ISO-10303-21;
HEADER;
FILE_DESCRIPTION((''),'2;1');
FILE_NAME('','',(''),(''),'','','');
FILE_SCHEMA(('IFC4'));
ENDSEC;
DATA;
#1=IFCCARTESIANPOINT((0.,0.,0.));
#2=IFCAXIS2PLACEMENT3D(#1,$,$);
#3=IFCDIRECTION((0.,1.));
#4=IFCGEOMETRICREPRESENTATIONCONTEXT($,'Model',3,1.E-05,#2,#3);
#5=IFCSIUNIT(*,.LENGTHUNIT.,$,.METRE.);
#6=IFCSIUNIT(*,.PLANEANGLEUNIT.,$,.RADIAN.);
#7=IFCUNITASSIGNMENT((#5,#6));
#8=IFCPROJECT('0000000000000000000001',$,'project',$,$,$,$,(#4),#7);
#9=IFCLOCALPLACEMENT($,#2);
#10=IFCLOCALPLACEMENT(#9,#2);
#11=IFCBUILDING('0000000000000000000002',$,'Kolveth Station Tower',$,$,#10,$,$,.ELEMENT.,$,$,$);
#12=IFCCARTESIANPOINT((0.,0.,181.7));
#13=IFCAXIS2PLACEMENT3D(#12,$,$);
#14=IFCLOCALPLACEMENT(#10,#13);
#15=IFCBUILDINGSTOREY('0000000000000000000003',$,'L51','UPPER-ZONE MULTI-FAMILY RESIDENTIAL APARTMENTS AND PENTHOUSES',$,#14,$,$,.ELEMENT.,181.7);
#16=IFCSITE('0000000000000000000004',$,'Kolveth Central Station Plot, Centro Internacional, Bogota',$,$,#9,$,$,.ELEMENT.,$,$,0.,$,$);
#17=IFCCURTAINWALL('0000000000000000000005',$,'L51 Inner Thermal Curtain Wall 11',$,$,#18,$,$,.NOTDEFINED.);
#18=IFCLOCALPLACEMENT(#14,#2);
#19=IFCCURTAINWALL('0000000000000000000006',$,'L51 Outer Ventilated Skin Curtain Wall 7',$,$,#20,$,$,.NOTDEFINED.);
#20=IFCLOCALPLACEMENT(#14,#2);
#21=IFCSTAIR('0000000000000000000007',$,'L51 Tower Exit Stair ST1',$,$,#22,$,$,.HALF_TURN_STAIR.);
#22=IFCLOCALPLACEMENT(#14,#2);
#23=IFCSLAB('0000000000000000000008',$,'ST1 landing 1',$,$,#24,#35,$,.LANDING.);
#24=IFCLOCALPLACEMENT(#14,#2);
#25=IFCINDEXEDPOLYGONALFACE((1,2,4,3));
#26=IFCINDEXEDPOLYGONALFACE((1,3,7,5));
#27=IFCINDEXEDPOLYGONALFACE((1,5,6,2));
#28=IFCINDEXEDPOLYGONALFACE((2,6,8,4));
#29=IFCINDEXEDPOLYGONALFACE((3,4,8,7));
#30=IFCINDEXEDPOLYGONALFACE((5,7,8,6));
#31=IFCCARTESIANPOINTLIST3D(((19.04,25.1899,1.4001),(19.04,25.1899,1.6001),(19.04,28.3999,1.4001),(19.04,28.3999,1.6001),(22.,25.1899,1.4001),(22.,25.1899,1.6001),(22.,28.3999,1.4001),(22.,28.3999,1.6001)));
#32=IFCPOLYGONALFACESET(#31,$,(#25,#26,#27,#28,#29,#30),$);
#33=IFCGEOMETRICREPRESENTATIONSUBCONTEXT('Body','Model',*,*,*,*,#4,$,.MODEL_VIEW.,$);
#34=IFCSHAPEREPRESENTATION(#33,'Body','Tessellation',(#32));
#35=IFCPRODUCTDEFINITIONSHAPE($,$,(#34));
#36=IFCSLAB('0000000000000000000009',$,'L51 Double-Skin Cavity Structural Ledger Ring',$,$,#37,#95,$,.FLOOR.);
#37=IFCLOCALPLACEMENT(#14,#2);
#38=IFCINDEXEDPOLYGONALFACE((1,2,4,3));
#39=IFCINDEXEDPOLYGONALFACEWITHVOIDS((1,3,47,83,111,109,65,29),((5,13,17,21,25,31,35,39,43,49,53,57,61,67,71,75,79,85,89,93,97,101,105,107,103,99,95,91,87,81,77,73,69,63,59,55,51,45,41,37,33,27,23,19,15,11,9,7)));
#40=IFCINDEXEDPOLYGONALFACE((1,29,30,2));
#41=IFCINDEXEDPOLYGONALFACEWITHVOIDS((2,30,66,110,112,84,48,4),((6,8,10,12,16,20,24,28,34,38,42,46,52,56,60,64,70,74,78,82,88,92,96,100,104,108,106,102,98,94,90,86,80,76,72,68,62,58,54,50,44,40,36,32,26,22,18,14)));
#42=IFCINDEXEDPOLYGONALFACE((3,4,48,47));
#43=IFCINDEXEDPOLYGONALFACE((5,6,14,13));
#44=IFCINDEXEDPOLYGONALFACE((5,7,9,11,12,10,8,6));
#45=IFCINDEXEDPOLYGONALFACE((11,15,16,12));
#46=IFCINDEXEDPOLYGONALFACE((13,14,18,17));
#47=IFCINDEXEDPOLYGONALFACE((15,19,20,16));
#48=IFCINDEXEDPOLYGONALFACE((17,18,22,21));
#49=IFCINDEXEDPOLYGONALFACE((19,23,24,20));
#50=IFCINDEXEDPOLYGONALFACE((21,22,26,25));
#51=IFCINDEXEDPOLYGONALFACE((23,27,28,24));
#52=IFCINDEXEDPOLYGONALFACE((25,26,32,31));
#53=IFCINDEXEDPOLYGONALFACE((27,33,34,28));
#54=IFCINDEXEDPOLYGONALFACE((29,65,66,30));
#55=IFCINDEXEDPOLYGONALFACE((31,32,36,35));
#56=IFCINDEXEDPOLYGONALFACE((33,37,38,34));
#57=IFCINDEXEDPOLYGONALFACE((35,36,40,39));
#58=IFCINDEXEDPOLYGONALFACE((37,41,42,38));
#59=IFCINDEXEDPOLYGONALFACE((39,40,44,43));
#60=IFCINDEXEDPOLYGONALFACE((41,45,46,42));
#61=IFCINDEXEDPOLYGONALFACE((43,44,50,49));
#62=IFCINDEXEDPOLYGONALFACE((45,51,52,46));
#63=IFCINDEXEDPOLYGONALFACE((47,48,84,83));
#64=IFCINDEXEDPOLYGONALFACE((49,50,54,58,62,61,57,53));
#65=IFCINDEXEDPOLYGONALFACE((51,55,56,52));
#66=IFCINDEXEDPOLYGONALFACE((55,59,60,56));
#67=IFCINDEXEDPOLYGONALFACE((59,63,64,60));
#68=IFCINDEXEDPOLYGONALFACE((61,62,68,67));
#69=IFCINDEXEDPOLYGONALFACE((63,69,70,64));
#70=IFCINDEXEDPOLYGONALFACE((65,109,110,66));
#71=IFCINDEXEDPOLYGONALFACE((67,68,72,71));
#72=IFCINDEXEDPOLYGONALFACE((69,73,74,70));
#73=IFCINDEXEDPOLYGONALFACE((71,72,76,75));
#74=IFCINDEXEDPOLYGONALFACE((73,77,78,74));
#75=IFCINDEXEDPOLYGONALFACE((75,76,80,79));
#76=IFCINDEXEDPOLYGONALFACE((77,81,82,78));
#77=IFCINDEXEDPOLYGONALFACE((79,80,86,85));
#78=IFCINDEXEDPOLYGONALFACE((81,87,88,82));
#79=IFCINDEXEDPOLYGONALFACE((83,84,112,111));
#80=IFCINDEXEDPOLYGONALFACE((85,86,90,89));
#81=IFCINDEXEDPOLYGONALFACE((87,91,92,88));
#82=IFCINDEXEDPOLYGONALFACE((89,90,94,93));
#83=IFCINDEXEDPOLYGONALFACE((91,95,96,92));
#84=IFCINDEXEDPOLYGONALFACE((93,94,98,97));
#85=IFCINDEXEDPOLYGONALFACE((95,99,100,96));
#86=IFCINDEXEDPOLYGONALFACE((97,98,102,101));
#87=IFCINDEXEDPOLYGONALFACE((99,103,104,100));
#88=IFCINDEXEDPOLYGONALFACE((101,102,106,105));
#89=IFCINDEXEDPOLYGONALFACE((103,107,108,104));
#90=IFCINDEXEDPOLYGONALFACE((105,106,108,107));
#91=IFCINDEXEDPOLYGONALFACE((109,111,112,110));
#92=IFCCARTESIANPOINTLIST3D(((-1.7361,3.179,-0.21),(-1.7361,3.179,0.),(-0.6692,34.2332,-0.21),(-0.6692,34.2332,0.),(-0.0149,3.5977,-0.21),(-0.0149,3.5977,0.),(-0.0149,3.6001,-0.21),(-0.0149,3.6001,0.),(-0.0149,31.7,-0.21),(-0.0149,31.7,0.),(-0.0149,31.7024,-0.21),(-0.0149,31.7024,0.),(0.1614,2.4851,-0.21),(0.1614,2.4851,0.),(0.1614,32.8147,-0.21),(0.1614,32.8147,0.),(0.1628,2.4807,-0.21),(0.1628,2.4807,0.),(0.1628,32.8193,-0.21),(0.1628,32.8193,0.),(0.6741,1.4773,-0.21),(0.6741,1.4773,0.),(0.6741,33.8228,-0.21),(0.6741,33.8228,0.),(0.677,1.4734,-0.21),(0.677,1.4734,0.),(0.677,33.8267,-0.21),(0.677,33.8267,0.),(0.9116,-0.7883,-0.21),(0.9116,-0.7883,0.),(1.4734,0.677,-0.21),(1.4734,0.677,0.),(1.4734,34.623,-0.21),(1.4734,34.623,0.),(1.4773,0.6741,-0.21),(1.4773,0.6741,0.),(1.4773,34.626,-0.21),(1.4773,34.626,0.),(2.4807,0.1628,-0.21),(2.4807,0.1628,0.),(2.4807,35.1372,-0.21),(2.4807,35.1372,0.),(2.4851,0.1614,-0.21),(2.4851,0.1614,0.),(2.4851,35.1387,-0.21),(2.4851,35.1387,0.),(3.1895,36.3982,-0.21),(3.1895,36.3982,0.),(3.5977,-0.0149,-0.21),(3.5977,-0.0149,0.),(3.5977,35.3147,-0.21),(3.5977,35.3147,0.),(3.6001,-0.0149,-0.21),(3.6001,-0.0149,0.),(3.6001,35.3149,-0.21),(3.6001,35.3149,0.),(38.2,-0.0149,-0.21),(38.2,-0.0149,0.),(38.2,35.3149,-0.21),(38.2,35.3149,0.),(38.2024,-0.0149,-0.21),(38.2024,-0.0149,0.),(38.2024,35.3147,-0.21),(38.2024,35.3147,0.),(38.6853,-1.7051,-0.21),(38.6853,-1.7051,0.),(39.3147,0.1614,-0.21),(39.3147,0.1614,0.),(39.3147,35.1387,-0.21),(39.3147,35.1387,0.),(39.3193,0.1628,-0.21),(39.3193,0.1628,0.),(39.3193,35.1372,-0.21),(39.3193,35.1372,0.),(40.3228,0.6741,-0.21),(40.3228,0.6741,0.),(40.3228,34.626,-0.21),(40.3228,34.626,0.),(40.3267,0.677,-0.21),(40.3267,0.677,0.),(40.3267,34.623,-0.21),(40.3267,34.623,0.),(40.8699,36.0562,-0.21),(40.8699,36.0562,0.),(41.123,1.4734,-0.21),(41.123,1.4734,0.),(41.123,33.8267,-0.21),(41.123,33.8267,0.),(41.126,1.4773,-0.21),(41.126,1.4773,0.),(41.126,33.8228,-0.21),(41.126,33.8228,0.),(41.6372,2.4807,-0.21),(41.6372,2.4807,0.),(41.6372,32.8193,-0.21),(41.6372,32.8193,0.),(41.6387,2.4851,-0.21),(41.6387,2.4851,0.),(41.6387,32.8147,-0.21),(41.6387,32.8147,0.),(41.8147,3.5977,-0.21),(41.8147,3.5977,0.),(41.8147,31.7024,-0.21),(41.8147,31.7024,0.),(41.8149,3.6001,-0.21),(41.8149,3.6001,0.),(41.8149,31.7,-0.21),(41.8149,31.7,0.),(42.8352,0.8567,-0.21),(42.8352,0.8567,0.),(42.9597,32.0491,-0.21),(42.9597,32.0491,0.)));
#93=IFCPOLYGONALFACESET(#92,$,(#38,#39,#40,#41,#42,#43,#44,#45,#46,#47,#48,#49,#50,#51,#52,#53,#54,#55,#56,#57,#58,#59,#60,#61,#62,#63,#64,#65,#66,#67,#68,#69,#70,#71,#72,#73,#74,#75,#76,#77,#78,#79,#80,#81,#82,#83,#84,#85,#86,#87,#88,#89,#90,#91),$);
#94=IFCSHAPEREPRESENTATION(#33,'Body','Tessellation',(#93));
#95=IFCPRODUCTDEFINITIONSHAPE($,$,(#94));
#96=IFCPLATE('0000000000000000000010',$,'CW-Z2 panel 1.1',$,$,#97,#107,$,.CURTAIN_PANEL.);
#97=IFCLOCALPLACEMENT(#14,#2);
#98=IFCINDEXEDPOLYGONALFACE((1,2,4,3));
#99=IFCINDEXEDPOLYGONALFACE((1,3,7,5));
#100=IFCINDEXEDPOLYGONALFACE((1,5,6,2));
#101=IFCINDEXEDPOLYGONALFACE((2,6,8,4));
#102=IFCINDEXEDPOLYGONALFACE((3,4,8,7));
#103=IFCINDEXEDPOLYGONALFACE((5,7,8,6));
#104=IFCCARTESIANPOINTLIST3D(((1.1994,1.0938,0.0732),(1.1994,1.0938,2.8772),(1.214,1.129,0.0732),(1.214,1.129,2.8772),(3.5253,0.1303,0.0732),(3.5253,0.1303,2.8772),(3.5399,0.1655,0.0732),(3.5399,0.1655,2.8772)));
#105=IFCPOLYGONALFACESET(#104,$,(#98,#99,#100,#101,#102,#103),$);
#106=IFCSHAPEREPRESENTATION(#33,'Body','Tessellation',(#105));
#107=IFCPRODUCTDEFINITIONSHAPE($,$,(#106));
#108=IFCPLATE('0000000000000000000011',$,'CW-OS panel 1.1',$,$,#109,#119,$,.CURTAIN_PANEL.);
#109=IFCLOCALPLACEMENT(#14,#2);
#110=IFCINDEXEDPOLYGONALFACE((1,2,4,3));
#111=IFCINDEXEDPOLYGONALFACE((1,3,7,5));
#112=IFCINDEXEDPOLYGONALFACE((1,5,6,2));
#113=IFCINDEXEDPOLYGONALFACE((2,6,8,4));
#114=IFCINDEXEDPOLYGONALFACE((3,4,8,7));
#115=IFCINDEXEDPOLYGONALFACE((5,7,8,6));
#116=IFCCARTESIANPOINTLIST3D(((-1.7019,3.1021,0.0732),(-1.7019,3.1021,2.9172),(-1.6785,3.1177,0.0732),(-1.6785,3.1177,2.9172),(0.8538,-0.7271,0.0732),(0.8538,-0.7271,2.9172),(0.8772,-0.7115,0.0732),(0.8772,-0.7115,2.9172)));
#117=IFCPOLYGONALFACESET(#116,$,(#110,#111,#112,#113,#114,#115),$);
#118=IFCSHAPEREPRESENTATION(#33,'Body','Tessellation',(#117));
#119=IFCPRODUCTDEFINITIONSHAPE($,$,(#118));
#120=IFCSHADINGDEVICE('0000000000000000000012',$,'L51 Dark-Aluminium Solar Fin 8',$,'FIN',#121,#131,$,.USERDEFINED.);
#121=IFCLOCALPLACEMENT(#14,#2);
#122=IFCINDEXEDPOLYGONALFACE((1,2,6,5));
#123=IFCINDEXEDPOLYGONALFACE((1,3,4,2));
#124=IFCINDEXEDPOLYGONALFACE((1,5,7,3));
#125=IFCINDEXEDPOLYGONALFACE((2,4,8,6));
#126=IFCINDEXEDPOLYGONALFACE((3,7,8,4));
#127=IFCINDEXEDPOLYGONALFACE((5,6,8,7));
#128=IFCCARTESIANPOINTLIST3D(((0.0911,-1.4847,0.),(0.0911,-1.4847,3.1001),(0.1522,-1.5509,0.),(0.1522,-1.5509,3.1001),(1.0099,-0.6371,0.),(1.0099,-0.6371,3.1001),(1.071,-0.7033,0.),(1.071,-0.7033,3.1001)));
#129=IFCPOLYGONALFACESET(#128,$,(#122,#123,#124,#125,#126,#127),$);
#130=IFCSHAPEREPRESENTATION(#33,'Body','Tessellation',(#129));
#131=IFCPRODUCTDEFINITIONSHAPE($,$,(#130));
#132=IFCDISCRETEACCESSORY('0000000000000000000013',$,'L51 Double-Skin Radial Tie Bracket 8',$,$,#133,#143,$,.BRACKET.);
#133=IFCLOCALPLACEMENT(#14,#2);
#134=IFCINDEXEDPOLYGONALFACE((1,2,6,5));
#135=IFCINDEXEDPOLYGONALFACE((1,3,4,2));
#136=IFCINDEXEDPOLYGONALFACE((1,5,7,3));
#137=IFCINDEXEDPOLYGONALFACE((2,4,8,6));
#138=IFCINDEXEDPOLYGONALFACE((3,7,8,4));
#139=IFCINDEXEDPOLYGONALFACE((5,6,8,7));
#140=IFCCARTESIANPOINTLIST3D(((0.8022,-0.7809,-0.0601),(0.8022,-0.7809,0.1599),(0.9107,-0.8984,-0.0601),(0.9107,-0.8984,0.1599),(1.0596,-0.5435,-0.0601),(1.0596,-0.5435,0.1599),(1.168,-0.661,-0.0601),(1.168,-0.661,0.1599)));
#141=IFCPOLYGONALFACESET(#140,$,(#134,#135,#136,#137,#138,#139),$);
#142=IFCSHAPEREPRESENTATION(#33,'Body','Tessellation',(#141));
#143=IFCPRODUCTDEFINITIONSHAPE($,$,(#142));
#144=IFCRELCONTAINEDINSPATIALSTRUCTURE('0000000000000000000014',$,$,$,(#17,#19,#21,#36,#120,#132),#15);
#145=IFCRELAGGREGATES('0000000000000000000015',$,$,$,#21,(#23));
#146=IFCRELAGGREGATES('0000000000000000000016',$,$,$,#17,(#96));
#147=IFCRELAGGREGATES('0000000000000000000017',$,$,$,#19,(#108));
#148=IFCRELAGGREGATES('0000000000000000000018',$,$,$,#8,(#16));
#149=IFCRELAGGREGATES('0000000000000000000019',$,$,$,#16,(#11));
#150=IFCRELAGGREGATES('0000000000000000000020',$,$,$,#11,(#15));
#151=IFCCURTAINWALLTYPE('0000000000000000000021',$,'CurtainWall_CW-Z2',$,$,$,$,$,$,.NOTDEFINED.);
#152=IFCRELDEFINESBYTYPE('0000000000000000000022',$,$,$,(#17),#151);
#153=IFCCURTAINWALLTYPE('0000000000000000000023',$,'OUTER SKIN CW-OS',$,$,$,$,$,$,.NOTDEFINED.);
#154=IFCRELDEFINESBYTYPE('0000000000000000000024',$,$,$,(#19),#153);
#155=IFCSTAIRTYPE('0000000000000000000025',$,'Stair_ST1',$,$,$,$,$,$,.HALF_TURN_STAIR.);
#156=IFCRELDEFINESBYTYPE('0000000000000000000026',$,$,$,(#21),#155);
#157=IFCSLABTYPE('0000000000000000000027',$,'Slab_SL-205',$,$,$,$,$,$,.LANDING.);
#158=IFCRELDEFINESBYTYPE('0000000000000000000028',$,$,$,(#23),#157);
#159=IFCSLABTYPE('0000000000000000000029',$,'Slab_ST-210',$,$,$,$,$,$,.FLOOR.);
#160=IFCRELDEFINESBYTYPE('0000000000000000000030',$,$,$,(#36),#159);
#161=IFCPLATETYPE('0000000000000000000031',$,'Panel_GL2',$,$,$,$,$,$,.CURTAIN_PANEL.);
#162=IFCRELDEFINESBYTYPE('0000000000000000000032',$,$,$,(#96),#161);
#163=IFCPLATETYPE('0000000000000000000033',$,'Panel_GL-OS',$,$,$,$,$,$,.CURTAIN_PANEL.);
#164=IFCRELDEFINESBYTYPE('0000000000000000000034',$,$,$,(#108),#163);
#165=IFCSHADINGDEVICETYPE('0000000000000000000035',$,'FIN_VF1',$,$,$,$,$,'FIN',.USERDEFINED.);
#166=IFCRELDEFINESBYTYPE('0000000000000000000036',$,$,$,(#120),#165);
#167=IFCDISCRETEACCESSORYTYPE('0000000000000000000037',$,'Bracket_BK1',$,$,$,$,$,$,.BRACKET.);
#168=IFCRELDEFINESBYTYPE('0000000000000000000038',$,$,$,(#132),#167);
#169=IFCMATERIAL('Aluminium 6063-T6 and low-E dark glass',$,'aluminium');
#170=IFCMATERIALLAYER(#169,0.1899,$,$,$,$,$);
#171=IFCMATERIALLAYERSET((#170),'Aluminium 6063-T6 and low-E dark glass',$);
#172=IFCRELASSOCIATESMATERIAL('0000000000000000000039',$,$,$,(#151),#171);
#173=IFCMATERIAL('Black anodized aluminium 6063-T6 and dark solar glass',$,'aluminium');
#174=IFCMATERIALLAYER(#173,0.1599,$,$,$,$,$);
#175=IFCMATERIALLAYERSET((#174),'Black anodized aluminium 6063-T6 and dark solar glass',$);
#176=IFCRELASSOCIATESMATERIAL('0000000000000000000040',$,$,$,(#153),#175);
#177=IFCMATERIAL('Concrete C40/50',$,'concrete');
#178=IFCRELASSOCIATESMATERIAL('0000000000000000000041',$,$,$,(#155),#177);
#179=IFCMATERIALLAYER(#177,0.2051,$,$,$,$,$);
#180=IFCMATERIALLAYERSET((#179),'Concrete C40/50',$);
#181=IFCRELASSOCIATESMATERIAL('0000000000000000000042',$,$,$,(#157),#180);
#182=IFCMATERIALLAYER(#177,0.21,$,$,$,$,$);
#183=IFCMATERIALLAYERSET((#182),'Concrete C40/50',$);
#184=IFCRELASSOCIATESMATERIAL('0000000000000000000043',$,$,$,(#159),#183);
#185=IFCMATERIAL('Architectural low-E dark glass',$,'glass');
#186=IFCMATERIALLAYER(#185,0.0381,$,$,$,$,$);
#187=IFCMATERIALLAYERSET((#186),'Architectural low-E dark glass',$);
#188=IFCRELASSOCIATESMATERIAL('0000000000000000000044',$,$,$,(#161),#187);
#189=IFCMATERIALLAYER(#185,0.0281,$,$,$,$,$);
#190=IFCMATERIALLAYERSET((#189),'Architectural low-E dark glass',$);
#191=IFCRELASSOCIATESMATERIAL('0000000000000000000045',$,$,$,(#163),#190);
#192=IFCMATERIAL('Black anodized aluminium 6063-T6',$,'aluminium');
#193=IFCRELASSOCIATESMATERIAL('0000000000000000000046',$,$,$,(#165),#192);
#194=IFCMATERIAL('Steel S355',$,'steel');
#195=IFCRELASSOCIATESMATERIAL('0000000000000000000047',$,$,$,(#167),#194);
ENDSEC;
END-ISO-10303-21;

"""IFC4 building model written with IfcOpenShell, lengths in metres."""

from ifc_helpers import new_model, si_unit, direction, frame, origin, origin_2d, place, context, subcontext, project, spatial, polyline, rectangle, outline, extrude, source, transform, mapped, material, layer, layer_set, type_object, element, aggregate, save


model = new_model("IFC4")

# Units and contexts
model_context = context("Model", 3, precision=1e-05, world=origin(), true_north=direction((0.0, 1.0)))
body_context = subcontext(model_context, "Body", "Model", "MODEL_VIEW")
ifc_project = project(units=[si_unit("LENGTHUNIT", "METRE"), si_unit("PLANEANGLEUNIT", "RADIAN")], contexts=[model_context])

# Site, building, storey
site_placement = place(None, origin())
site = spatial("IfcSite", under=ifc_project, at=site_placement, Name="Kolveth Central Station Plot, Centro Internacional, Bogota", CompositionType="ELEMENT", RefElevation=0.0)
building_placement = place(site_placement, origin())
building = spatial("IfcBuilding", under=site, at=building_placement, Name="Kolveth Station Tower", CompositionType="ELEMENT")
storey_placement = place(building_placement, frame((0.0, 0.0, 181.7)))
storey = spatial("IfcBuildingStorey", under=building, at=storey_placement, Name="L51", Description="UPPER-ZONE MULTI-FAMILY RESIDENTIAL APARTMENTS AND PENTHOUSES", CompositionType="ELEMENT", Elevation=181.7)

# Shared definitions
ifc_material_1 = material(Name="Steel S355", Category="steel")

# Shared definitions
ifc_material_2 = material(Name="Aluminium 6063-T6 and low-E dark glass", Category="aluminium")
ifc_layer_1 = layer(ifc_material_2, 0.1899)
ifc_layer_set_1 = layer_set([ifc_layer_1], Name="Aluminium 6063-T6 and low-E dark glass")
curtain_wall_type_1 = type_object("IfcCurtainWallType", Name="CurtainWall_CW-Z2", PredefinedType="NOTDEFINED", material=ifc_layer_set_1)
ifc_material_3 = material(Name="Black anodized aluminium 6063-T6", Category="aluminium")

# Curtain wall
curtain_wall_1_placement = place(storey_placement, origin())
curtain_wall_1 = element("IfcCurtainWall", 1, at=curtain_wall_1_placement, inside=storey, type_object=curtain_wall_type_1, Name="L51 Inner Thermal Curtain Wall 11", PredefinedType="NOTDEFINED")

# Curtain wall
ifc_material_4 = material(Name="Black anodized aluminium 6063-T6 and dark solar glass", Category="aluminium")
ifc_layer_2 = layer(ifc_material_4, 0.1599)
ifc_layer_set_2 = layer_set([ifc_layer_2], Name="Black anodized aluminium 6063-T6 and dark solar glass")
curtain_wall_type_2 = type_object("IfcCurtainWallType", Name="OUTER SKIN CW-OS", PredefinedType="NOTDEFINED", material=ifc_layer_set_2)
curtain_wall_2_placement = place(storey_placement, origin())
curtain_wall_2 = element("IfcCurtainWall", 2, at=curtain_wall_2_placement, inside=storey, type_object=curtain_wall_type_2, Name="L51 Outer Ventilated Skin Curtain Wall 7", PredefinedType="NOTDEFINED")

# Shared definitions
ifc_material_5 = material(Name="Concrete C40/50", Category="concrete")

# Stair, slab
stair_type_1 = type_object("IfcStairType", Name="Stair_ST1", PredefinedType="HALF_TURN_STAIR", material=ifc_material_5)
stair_1_placement = place(storey_placement, origin())
stair_1 = element("IfcStair", 3, at=stair_1_placement, inside=storey, type_object=stair_type_1, Name="L51 Tower Exit Stair ST1", PredefinedType="HALF_TURN_STAIR")
ifc_layer_3 = layer(ifc_material_5, 0.2051)
ifc_layer_set_3 = layer_set([ifc_layer_3], Name="Concrete C40/50")
slab_type_1 = type_object("IfcSlabType", Name="Slab_SL-205", PredefinedType="LANDING", material=ifc_layer_set_3)
slab_1_placement = place(storey_placement, frame((0.0, 0.0, 1.4001)))
slab_1 = element("IfcSlab", 4, at=slab_1_placement, type_object=slab_type_1, Name="ST1 landing 1", PredefinedType="LANDING", context=body_context, shape_type="SweptSolid", body=[
    extrude(outline(polyline([(22.0, 25.1899), (22.0, 28.3999), (19.04, 28.3999), (19.04, 25.1899), (22.0, 25.1899)])), origin(), (0.0, 0.0, 1.0), 0.2),
])
aggregate(stair_1, [slab_1])

# Slab
ifc_layer_4 = layer(ifc_material_5, 0.21)
ifc_layer_set_4 = layer_set([ifc_layer_4], Name="Concrete C40/50")
slab_type_2 = type_object("IfcSlabType", Name="Slab_ST-210", PredefinedType="FLOOR", material=ifc_layer_set_4)
slab_2_placement = place(storey_placement, frame((0.0, 0.0, -0.21)))
element("IfcSlab", 5, at=slab_2_placement, inside=storey, type_object=slab_type_2, Name="L51 Double-Skin Cavity Structural Ledger Ring", PredefinedType="FLOOR", context=body_context, shape_type="SweptSolid", body=[
    extrude(outline(polyline([(0.9116, -0.7883), (-1.7361, 3.179), (-0.6692, 34.2332), (3.1895, 36.3982), (40.8699, 36.0562), (42.9597, 32.0491), (42.8352, 0.8567), (38.6853, -1.7051), (0.9116, -0.7883)]), holes=[polyline([(38.2024, -0.0149), (39.3147, 0.1614), (39.3193, 0.1628), (40.3228, 0.6741), (40.3267, 0.677), (41.123, 1.4734), (41.126, 1.4773), (41.6372, 2.4807), (41.6387, 2.4851), (41.8147, 3.5977), (41.8149, 3.6001), (41.8149, 31.7), (41.8147, 31.7024), (41.6387, 32.8147), (41.6372, 32.8193), (41.126, 33.8228), (41.123, 33.8267), (40.3267, 34.623), (40.3228, 34.626), (39.3193, 35.1372), (39.3147, 35.1387), (38.2024, 35.3147), (38.2, 35.3149), (3.6001, 35.3149), (3.5977, 35.3147), (2.4851, 35.1387), (2.4807, 35.1372), (1.4773, 34.626), (1.4734, 34.623), (0.677, 33.8267), (0.6741, 33.8228), (0.1628, 32.8193), (0.1614, 32.8147), (-0.0149, 31.7024), (-0.0149, 31.7), (-0.0149, 3.6001), (-0.0149, 3.5977), (0.1614, 2.4851), (0.1628, 2.4807), (0.6741, 1.4773), (0.677, 1.4734), (1.4734, 0.677), (1.4773, 0.6741), (2.4807, 0.1628), (2.4851, 0.1614), (3.5977, -0.0149), (3.6001, -0.0149), (38.2, -0.0149), (38.2024, -0.0149)])]), origin(), (0.0, 0.0, 1.0), 0.21),
])

# Plates
ifc_material_6 = material(Name="Architectural low-E dark glass", Category="glass")
ifc_layer_5 = layer(ifc_material_6, 0.0381)
ifc_layer_set_5 = layer_set([ifc_layer_5], Name="Architectural low-E dark glass")
plate_type_1 = type_object("IfcPlateType", Name="Panel_GL2", PredefinedType="CURTAIN_PANEL", material=ifc_layer_set_5)
shared_shape_1 = source(origin(), body_context, "Body", "SweptSolid", [
    extrude(rectangle(XDim=2.5176, YDim=0.0381, at=origin_2d()), origin(), (0.0, 0.0, 1.0), 2.804),
])
plate_1_placement = place(storey_placement, frame((2.3696, 0.6296, 0.0732), z_axis=(0.0, 0.0, 1.0), x_axis=(0.923874, -0.382698, 0.0)))
plate_1 = element("IfcPlate", 6, at=plate_1_placement, type_object=plate_type_1, Name="CW-Z2 panel 1.1", PredefinedType="CURTAIN_PANEL", context=body_context, shape_type="MappedRepresentation", body=[
    mapped(shared_shape_1, transform((0.0, 0.0, 0.0), x_axis=(1.0, 0.0, 0.0), y_axis=(0.0, 1.0, 0.0), z_axis=(0.0, 0.0, 1.0), scale=1.0)),
])
aggregate(curtain_wall_1, [plate_1])
ifc_layer_6 = layer(ifc_material_6, 0.0281)
ifc_layer_set_6 = layer_set([ifc_layer_6], Name="Architectural low-E dark glass")
plate_type_2 = type_object("IfcPlateType", Name="Panel_GL-OS", PredefinedType="CURTAIN_PANEL", material=ifc_layer_set_6)
shared_shape_2 = source(origin(), body_context, "Body", "SweptSolid", [
    extrude(rectangle(XDim=4.6038, YDim=0.0281, at=origin_2d()), origin(), (0.0, 0.0, 1.0), 2.844),
])
plate_2_placement = place(storey_placement, frame((-0.4124, 1.1953, 0.0732), z_axis=(0.0, 0.0, 1.0), x_axis=(0.55514, -0.831757, 0.0)))
plate_2 = element("IfcPlate", 7, at=plate_2_placement, type_object=plate_type_2, Name="CW-OS panel 1.1", PredefinedType="CURTAIN_PANEL", context=body_context, shape_type="MappedRepresentation", body=[
    mapped(shared_shape_2, transform((0.0, 0.0, 0.0), x_axis=(1.0, 0.0, 0.0), y_axis=(0.0, 1.0, 0.0), z_axis=(0.0, 0.0, 1.0), scale=1.0)),
])
aggregate(curtain_wall_2, [plate_2])

# Shading device
shading_device_type = type_object("IfcShadingDeviceType", Name="FIN_VF1", ElementType="FIN", PredefinedType="USERDEFINED", material=ifc_material_3)
shared_shape_3 = source(origin(), body_context, "Body", "SweptSolid", [
    extrude(rectangle(XDim=1.25, YDim=0.0901, at=origin_2d()), origin(), (0.0, 0.0, 1.0), 3.1001),
])
shading_device_placement = place(storey_placement, frame((0.5811, -1.094, 0.0), z_axis=(0.0, 0.0, 1.0), x_axis=(-0.735033, -0.678031, 0.0)))
element("IfcShadingDevice", 8, at=shading_device_placement, inside=storey, type_object=shading_device_type, Name="L51 Dark-Aluminium Solar Fin 8", ObjectType="FIN", PredefinedType="USERDEFINED", context=body_context, shape_type="MappedRepresentation", body=[
    mapped(shared_shape_3, transform((0.0, 0.0, 0.0), x_axis=(1.0, 0.0, 0.0), y_axis=(0.0, 1.0, 0.0), z_axis=(0.0, 0.0, 1.0), scale=1.0)),
])

# Discrete accessory
discrete_accessory_type = type_object("IfcDiscreteAccessoryType", Name="Bracket_BK1", PredefinedType="BRACKET", material=ifc_material_1)
shared_shape_4 = source(origin(), body_context, "Body", "SweptSolid", [
    extrude(rectangle(XDim=0.3501, YDim=0.1599, at=origin_2d()), origin(), (0.0, 0.0, 1.0), 0.22),
])
discrete_accessory_placement = place(storey_placement, frame((0.9851, -0.7209, -0.0601), z_axis=(0.0, 0.0, 1.0), x_axis=(-0.735033, -0.678031, 0.0)))
element("IfcDiscreteAccessory", 9, at=discrete_accessory_placement, inside=storey, type_object=discrete_accessory_type, Name="L51 Double-Skin Radial Tie Bracket 8", PredefinedType="BRACKET", context=body_context, shape_type="MappedRepresentation", body=[
    mapped(shared_shape_4, transform((0.0, 0.0, 0.0), x_axis=(1.0, 0.0, 0.0), y_axis=(0.0, 1.0, 0.0), z_axis=(0.0, 0.0, 1.0), scale=1.0)),
])

save(model, "model.ifc")
